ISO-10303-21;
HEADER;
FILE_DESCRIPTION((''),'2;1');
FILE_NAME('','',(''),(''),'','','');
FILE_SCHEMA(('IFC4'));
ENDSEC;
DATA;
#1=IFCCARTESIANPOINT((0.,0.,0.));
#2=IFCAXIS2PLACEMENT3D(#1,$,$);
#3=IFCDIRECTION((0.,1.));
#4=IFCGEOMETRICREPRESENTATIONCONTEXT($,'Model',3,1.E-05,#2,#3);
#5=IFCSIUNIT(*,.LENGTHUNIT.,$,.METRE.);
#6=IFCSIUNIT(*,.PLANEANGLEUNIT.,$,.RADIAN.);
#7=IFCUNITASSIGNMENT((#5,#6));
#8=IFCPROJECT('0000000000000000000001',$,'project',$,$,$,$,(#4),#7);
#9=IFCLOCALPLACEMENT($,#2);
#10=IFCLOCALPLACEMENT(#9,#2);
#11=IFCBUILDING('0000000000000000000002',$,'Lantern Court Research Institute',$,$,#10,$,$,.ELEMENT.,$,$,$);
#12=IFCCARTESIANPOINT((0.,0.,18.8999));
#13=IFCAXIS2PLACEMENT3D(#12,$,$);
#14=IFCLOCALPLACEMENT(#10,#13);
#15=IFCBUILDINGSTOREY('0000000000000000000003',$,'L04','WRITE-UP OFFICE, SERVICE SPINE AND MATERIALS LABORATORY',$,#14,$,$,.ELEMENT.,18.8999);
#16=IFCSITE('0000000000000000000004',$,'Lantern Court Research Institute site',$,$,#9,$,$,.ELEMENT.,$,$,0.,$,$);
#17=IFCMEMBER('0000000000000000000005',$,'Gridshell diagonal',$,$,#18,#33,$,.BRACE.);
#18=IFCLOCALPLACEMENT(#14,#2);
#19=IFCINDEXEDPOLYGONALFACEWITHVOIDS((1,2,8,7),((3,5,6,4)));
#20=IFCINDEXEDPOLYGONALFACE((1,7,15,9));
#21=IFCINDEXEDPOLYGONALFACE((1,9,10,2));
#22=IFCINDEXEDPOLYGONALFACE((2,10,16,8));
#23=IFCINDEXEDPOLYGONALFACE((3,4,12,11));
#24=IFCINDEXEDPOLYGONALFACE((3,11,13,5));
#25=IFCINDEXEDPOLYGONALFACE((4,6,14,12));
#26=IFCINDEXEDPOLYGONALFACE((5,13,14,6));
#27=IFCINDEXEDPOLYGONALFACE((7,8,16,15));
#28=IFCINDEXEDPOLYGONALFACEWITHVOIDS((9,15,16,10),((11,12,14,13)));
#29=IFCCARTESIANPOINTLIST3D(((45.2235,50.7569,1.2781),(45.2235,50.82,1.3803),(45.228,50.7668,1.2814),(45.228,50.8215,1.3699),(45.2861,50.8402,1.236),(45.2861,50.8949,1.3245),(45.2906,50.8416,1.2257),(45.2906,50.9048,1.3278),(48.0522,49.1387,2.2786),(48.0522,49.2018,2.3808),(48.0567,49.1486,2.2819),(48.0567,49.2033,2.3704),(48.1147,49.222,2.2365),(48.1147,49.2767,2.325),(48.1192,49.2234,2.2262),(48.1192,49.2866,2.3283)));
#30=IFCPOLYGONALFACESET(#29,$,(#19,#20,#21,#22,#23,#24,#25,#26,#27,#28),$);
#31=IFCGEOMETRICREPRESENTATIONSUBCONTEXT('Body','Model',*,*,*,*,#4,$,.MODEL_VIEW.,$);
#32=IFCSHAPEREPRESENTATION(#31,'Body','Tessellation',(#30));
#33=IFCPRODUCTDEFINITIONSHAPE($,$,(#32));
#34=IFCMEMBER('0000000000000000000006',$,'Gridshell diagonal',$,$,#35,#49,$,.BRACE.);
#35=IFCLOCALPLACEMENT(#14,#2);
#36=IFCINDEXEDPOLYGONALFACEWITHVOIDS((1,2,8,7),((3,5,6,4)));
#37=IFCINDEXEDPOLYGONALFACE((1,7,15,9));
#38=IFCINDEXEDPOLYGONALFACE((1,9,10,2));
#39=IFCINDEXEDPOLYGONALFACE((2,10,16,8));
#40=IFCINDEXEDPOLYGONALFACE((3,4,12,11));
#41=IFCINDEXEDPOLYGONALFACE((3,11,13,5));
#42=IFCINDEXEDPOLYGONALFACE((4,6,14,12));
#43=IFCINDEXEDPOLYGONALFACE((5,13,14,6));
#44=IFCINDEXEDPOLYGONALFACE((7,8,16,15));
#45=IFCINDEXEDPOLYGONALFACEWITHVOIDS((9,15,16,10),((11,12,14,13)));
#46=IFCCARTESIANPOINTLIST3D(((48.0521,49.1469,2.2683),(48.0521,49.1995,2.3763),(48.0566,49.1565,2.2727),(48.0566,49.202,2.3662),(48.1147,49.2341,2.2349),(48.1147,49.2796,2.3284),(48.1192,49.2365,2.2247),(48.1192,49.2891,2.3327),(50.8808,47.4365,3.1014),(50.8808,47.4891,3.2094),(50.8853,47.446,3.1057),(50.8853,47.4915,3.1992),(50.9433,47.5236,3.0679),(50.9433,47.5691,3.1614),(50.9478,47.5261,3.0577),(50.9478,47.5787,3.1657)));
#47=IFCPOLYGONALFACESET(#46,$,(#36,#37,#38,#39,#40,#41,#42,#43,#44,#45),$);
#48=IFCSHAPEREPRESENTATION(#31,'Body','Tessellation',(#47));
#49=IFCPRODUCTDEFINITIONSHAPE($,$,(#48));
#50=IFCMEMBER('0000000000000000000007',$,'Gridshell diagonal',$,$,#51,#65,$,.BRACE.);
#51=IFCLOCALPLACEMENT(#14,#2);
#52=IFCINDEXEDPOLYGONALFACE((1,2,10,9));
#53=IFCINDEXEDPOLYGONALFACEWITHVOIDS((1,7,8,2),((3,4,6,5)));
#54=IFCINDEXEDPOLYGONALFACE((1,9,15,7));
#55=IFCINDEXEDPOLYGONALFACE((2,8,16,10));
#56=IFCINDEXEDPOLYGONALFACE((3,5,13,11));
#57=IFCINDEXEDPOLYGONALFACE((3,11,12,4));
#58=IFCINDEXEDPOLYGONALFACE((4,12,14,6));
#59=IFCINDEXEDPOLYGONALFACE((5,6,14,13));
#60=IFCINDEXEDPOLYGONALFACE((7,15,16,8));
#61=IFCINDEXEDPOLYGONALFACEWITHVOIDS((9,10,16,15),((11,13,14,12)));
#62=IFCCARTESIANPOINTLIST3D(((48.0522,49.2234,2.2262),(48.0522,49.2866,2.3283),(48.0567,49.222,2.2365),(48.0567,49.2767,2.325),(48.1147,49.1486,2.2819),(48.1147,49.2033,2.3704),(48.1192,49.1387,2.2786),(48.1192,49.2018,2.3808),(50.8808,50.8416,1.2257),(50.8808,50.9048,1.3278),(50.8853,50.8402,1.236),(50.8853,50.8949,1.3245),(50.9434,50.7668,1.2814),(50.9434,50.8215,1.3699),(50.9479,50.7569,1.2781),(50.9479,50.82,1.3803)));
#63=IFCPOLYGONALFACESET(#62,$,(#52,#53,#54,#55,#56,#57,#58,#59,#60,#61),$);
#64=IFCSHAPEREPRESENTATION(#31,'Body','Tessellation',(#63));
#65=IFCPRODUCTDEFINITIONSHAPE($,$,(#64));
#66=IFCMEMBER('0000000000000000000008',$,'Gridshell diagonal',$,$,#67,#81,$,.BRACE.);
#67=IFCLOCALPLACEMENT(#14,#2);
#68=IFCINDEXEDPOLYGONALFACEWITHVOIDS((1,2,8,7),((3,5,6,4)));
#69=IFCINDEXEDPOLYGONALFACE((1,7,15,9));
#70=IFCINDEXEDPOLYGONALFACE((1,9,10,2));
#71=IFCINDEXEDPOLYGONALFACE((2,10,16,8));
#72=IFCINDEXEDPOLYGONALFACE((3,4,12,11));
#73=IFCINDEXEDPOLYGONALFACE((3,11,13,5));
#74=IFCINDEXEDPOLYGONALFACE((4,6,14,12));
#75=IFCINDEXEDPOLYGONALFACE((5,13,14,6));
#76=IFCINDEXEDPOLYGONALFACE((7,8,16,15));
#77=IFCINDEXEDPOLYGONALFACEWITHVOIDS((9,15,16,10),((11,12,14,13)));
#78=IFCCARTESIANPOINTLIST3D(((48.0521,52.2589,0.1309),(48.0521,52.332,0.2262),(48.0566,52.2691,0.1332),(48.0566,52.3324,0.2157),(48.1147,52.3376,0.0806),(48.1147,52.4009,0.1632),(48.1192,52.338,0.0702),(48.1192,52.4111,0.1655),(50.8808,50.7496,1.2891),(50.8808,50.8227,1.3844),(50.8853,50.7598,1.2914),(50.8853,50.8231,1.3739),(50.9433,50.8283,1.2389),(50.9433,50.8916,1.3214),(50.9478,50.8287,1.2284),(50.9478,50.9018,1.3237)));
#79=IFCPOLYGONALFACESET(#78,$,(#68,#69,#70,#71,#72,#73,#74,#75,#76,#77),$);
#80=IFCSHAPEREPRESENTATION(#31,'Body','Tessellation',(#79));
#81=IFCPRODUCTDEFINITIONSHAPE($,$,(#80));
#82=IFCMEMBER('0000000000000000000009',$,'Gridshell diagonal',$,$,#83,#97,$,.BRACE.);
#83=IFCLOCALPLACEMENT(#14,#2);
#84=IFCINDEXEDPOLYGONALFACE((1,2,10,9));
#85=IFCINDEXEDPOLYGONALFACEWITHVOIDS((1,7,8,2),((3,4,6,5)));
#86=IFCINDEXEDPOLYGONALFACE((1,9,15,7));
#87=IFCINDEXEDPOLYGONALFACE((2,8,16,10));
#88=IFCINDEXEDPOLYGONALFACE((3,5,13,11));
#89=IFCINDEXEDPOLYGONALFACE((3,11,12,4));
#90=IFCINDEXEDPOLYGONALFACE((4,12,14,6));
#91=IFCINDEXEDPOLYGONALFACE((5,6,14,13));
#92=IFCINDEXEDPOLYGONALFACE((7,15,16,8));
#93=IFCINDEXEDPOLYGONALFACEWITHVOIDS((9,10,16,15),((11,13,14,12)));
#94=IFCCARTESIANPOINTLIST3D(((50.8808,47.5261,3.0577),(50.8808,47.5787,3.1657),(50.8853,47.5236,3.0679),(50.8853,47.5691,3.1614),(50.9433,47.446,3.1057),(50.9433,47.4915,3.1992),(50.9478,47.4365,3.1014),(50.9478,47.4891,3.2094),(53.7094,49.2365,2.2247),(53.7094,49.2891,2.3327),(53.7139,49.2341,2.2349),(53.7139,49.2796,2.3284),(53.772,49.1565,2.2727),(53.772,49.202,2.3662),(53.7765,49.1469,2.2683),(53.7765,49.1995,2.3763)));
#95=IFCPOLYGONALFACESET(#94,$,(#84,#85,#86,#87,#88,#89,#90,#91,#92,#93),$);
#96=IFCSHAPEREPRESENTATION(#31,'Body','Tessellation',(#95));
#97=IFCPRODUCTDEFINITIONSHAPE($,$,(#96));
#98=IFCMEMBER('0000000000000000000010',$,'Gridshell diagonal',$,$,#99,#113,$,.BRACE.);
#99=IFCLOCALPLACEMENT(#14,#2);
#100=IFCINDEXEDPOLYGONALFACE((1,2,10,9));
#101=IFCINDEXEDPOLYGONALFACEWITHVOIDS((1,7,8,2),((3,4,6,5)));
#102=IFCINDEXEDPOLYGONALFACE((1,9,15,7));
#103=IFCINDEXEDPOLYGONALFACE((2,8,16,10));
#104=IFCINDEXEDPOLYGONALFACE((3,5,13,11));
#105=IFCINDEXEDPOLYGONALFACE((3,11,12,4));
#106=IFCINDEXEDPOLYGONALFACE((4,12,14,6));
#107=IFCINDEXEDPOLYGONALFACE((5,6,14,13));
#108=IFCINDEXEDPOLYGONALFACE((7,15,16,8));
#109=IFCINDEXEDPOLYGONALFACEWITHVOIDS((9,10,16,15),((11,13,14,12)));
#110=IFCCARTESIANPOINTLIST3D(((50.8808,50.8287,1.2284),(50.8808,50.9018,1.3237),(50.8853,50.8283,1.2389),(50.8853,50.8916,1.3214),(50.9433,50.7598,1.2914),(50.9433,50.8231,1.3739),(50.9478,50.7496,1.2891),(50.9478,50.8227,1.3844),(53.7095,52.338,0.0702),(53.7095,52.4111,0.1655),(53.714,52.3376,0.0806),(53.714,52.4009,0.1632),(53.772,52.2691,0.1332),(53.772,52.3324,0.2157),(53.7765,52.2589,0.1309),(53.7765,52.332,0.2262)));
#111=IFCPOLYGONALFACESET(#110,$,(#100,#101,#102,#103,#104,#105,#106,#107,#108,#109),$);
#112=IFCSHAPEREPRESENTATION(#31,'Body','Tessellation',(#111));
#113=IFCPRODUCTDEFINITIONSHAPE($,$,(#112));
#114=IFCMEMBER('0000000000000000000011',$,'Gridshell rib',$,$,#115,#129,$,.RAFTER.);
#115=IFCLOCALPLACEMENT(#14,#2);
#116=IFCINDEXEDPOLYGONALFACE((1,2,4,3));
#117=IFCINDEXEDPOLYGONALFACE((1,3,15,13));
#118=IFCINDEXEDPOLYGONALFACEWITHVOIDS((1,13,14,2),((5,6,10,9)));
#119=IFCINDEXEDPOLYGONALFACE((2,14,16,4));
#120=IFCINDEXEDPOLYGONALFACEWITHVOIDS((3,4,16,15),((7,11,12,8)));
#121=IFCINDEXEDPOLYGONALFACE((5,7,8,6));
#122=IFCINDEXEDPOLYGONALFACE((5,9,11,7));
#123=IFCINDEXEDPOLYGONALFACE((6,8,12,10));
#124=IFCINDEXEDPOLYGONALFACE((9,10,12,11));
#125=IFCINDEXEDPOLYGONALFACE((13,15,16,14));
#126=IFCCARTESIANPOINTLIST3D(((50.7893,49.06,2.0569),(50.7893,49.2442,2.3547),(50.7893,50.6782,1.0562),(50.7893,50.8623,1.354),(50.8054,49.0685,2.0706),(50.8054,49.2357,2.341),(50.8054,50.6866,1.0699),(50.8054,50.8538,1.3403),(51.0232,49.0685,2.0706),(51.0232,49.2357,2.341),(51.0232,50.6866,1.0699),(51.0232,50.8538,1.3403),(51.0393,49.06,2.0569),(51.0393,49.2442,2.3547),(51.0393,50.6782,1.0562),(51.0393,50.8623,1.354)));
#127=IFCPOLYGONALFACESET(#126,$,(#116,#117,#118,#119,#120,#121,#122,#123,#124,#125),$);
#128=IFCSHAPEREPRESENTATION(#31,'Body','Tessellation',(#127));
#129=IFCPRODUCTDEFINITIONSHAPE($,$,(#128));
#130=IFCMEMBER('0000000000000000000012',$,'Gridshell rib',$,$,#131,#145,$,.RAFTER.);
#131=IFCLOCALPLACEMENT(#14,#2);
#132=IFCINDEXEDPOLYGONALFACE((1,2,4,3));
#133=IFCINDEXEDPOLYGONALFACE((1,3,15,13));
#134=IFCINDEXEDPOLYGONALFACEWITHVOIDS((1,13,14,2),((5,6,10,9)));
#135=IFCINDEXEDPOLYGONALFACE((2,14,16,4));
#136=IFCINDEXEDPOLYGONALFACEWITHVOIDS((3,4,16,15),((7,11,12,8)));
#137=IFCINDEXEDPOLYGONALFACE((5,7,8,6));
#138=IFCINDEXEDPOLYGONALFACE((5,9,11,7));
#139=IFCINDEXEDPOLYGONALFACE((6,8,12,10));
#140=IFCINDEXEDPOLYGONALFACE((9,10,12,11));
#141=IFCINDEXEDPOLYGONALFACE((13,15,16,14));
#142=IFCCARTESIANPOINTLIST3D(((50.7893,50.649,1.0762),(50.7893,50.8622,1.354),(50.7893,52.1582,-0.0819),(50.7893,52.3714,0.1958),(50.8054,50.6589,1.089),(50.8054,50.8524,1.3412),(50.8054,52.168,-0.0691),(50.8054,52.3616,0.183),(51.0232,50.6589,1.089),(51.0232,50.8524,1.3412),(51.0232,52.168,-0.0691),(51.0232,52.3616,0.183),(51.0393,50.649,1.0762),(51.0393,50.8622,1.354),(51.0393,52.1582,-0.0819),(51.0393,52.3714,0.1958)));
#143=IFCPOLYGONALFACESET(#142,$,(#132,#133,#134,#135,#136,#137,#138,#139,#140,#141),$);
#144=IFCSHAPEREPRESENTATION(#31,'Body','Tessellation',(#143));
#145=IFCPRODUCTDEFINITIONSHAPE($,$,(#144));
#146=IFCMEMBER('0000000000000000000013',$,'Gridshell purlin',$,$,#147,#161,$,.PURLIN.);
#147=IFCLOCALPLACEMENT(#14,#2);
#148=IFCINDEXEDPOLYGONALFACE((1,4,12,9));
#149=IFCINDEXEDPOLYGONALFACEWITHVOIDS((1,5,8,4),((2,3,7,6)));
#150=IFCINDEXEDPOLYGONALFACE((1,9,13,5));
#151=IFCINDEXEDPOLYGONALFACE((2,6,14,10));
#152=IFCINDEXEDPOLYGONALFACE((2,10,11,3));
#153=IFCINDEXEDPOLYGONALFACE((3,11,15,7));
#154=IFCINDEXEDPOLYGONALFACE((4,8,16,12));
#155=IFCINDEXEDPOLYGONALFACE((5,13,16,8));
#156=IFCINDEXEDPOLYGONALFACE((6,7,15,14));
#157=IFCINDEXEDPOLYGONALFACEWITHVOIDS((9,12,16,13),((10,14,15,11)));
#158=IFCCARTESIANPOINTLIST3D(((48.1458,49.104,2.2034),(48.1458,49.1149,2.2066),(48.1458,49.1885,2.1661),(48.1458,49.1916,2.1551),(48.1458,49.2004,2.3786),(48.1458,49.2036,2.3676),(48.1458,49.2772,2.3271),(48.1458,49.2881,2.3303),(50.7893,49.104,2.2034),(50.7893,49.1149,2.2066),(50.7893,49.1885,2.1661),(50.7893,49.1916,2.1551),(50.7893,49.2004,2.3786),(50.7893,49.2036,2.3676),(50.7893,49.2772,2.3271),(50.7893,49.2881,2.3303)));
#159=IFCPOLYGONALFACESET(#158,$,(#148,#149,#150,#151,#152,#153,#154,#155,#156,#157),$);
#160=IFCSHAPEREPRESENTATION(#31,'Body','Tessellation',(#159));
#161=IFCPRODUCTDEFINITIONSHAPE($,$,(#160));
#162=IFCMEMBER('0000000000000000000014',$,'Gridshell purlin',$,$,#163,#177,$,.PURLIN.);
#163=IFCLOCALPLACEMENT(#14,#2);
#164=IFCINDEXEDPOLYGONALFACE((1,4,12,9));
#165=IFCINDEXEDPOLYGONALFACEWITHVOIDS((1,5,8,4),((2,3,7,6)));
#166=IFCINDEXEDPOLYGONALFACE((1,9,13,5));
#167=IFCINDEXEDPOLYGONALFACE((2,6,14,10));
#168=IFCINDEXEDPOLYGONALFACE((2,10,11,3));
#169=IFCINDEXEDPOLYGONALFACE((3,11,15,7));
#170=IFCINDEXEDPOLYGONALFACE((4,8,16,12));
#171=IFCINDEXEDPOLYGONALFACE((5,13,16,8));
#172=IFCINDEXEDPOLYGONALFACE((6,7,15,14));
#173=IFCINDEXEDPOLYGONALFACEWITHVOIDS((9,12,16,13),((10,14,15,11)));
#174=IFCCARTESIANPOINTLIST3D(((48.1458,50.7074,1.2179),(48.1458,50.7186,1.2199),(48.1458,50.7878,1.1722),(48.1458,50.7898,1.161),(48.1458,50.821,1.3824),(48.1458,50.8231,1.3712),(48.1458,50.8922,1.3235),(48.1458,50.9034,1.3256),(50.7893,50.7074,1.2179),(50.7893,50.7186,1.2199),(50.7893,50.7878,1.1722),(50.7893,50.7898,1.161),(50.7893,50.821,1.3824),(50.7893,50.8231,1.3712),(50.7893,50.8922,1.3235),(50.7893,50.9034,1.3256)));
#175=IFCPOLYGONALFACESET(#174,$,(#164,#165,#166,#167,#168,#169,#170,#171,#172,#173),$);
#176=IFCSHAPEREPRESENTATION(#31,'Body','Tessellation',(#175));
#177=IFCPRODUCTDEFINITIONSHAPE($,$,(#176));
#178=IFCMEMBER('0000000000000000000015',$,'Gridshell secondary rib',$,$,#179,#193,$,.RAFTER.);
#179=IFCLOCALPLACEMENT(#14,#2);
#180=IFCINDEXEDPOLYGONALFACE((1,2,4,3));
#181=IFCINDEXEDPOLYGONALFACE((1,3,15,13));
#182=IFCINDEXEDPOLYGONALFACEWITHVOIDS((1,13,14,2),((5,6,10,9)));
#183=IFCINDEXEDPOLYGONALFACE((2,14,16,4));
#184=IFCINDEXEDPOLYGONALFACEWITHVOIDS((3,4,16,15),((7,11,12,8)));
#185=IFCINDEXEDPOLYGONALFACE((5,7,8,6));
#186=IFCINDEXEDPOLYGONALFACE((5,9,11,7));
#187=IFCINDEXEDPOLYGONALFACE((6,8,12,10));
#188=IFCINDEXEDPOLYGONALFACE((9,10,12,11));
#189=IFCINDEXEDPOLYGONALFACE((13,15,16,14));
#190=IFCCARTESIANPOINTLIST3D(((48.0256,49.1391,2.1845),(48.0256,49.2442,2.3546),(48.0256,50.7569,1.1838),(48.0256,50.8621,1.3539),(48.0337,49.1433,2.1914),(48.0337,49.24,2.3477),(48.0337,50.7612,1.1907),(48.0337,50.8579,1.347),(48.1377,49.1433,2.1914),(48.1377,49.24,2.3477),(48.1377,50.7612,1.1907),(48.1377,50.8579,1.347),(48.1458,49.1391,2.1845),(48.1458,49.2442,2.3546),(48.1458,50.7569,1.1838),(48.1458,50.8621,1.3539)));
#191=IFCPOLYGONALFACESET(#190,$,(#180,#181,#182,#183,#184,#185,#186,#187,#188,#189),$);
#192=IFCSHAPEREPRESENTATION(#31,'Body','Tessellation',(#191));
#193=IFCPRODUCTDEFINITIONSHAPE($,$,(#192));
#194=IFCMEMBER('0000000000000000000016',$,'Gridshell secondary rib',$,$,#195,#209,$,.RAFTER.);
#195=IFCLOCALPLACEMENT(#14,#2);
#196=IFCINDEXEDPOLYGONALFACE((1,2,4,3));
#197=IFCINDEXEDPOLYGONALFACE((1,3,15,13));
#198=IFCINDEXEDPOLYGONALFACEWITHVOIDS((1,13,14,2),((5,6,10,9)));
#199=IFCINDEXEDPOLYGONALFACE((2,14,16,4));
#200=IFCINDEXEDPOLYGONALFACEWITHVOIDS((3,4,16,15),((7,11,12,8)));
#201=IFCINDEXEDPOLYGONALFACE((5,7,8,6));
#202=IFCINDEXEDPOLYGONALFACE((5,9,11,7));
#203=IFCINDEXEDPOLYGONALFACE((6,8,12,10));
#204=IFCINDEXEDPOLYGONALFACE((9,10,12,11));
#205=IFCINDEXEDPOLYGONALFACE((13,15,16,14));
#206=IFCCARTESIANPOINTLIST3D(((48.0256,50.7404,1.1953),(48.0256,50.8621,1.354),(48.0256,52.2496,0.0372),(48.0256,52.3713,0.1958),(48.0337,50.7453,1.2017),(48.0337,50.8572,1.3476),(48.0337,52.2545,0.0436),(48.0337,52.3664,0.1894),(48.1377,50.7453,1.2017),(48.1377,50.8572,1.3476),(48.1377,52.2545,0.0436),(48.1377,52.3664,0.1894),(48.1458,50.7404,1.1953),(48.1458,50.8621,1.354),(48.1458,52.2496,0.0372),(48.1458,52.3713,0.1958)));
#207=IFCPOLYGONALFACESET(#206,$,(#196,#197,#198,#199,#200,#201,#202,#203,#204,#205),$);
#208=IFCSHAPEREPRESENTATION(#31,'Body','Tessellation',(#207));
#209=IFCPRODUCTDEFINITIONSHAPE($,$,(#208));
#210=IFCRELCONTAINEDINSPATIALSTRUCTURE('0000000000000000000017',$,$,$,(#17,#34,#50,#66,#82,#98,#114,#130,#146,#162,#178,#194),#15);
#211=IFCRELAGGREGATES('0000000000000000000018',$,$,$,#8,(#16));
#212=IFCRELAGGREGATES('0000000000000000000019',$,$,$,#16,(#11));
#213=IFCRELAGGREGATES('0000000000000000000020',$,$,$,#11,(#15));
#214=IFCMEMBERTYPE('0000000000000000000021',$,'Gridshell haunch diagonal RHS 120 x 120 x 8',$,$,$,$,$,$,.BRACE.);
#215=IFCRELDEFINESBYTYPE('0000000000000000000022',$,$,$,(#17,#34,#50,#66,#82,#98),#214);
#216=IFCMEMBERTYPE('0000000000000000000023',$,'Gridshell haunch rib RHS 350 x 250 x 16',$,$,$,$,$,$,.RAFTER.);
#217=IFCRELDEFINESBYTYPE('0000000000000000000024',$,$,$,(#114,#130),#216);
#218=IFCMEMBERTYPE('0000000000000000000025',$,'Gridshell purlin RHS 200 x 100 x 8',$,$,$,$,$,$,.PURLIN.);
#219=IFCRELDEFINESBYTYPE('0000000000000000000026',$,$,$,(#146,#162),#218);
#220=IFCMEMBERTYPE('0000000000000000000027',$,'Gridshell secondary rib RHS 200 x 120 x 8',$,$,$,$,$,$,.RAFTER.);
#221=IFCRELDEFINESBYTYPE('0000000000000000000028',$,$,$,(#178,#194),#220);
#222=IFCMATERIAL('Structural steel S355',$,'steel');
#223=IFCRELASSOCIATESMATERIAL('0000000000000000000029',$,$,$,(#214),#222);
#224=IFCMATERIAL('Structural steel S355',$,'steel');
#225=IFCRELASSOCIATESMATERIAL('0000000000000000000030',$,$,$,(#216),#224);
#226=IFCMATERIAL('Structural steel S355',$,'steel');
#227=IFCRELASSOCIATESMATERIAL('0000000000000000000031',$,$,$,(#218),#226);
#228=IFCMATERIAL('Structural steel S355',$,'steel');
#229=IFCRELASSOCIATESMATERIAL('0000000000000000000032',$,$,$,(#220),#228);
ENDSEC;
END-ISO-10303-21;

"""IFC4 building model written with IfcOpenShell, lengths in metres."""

from ifc_helpers import new_model, si_unit, direction, frame, origin, origin_2d, place, context, subcontext, project, spatial, hollow_rectangle, extrude, material, material_profile, profile_set, type_object, element, save


model = new_model("IFC4")

# Units and contexts
model_context = context("Model", 3, precision=1e-05, world=origin(), true_north=direction((0.0, 1.0)))
body_context = subcontext(model_context, "Body", "Model", "MODEL_VIEW")
ifc_project = project(units=[si_unit("LENGTHUNIT", "METRE"), si_unit("PLANEANGLEUNIT", "RADIAN")], contexts=[model_context])

# Site, building, storey
site_placement = place(None, origin())
site = spatial("IfcSite", under=ifc_project, at=site_placement, Name="Lantern Court Research Institute site", CompositionType="ELEMENT", RefElevation=0.0)
building_placement = place(site_placement, origin())
building = spatial("IfcBuilding", under=site, at=building_placement, Name="Lantern Court Research Institute", CompositionType="ELEMENT")
storey_placement = place(building_placement, frame((0.0, 0.0, 18.8999)))
storey = spatial("IfcBuildingStorey", under=building, at=storey_placement, Name="L04", Description="WRITE-UP OFFICE, SERVICE SPINE AND MATERIALS LABORATORY", CompositionType="ELEMENT", Elevation=18.8999)

# Members
ifc_material_1 = material(Name="Structural steel S355", Category="steel")
ifc_material_profile_1 = material_profile(ifc_material_1, hollow_rectangle(XDim=0.1201, YDim=0.1201, WallThickness=0.0081, at=origin_2d()), Name="Gridshell haunch diagonal RHS 120 x 120 x 8")
ifc_profile_set_1 = profile_set([ifc_material_profile_1], Name="Structural steel S355")
member_type_1 = type_object("IfcMemberType", Name="Gridshell haunch diagonal RHS 120 x 120 x 8", PredefinedType="BRACE", material=ifc_profile_set_1)
for number, where, z_axis, x_axis, name in (
    (1, (48.0857, 49.2126, 2.3035), (-0.829777, 0.47469, -0.293494), (-0.558095, -0.705724, 0.436444), "Gridshell diagonal"),
    (2, (50.9143, 47.5076, 3.1335), (-0.829773, 0.50176, -0.244363), (-0.558101, -0.746025, 0.363277), "Gridshell diagonal"),
    (3, (48.0857, 49.2126, 2.3035), (0.829777, 0.47469, -0.293494), (-0.558095, 0.705724, -0.436444), "Gridshell diagonal"),
    (4, (50.9143, 50.8257, 1.3064), (-0.82978, 0.44275, -0.339761), (-0.558091, -0.65828, 0.505176), "Gridshell diagonal"),
    (5, (50.9143, 47.5076, 3.1335), (0.829773, 0.50176, -0.244363), (-0.558101, 0.746025, -0.363277), "Gridshell diagonal"),
    (6, (50.9143, 50.8257, 1.3064), (0.82978, 0.44275, -0.339761), (-0.558091, 0.65828, -0.505176), "Gridshell diagonal"),
):
    element("IfcMember", number, at=place(storey_placement, frame(where, z_axis=z_axis, x_axis=x_axis)), inside=storey, type_object=member_type_1, Name=name, PredefinedType="BRACE", context=body_context, shape_type="SweptSolid", body=[
        extrude(hollow_rectangle(XDim=0.1201, YDim=0.1201, WallThickness=0.0081, at=origin_2d()), origin(), (0.0, 0.0, 1.0), 3.4089),
    ])
ifc_material_2 = material(Name="Structural steel S355", Category="steel")
ifc_material_profile_2 = material_profile(ifc_material_2, hollow_rectangle(XDim=0.25, YDim=0.3501, WallThickness=0.0161, at=origin_2d()), Name="Gridshell haunch rib RHS 350 x 250 x 16")
ifc_profile_set_2 = profile_set([ifc_material_profile_2], Name="Structural steel S355")
member_type_2 = type_object("IfcMemberType", Name="Gridshell haunch rib RHS 350 x 250 x 16", PredefinedType="RAFTER", material=ifc_profile_set_2)
member_1_placement = place(storey_placement, frame((50.9143, 49.1521, 2.2058), z_axis=(0.0, 0.850498, -0.525979), x_axis=(-1.0, 0.0, 0.0)))
element("IfcMember", 7, at=member_1_placement, inside=storey, type_object=member_type_2, Name="Gridshell rib", PredefinedType="RAFTER", context=body_context, shape_type="SweptSolid", body=[
    extrude(hollow_rectangle(XDim=0.25, YDim=0.3501, WallThickness=0.0161, at=origin_2d()), origin(), (0.0, 0.0, 1.0), 1.9026),
])
member_2_placement = place(storey_placement, frame((50.9143, 50.7556, 1.2151), z_axis=(0.0, 0.79333, -0.608792), x_axis=(-1.0, 0.0, 0.0)))
element("IfcMember", 8, at=member_2_placement, inside=storey, type_object=member_type_2, Name="Gridshell rib", PredefinedType="RAFTER", context=body_context, shape_type="SweptSolid", body=[
    extrude(hollow_rectangle(XDim=0.25, YDim=0.3501, WallThickness=0.0161, at=origin_2d()), origin(), (0.0, 0.0, 1.0), 1.9023),
])
ifc_material_3 = material(Name="Structural steel S355", Category="steel")
ifc_material_profile_3 = material_profile(ifc_material_3, hollow_rectangle(XDim=0.1001, YDim=0.2, WallThickness=0.0081, at=origin_2d()), Name="Gridshell purlin RHS 200 x 100 x 8")
ifc_profile_set_3 = profile_set([ifc_material_profile_3], Name="Structural steel S355")
member_type_3 = type_object("IfcMemberType", Name="Gridshell purlin RHS 200 x 100 x 8", PredefinedType="PURLIN", material=ifc_profile_set_3)
for number, where, z_axis, x_axis, name in (
    (9, (48.1458, 49.196, 2.2668), (1.0, 0.0, 0.0), (0.0, 0.875897, -0.482497), "Gridshell purlin"),
    (10, (48.1458, 50.8054, 1.2717), (1.0, 0.0, 0.0), (0.0, 0.822954, -0.568108), "Gridshell purlin"),
):
    element("IfcMember", number, at=place(storey_placement, frame(where, z_axis=z_axis, x_axis=x_axis)), inside=storey, type_object=member_type_3, Name=name, PredefinedType="PURLIN", context=body_context, shape_type="SweptSolid", body=[
        extrude(hollow_rectangle(XDim=0.1001, YDim=0.2, WallThickness=0.0081, at=origin_2d()), origin(), (0.0, 0.0, 1.0), 2.6436),
    ])
ifc_material_4 = material(Name="Structural steel S355", Category="steel")
ifc_material_profile_4 = material_profile(ifc_material_4, hollow_rectangle(XDim=0.1201, YDim=0.2, WallThickness=0.0081, at=origin_2d()), Name="Gridshell secondary rib RHS 200 x 120 x 8")
ifc_profile_set_4 = profile_set([ifc_material_profile_4], Name="Structural steel S355")
member_type_4 = type_object("IfcMemberType", Name="Gridshell secondary rib RHS 200 x 120 x 8", PredefinedType="RAFTER", material=ifc_profile_set_4)
for number, where, z_axis, x_axis, name in (
    (11, (48.0857, 49.1917, 2.2695), (0.0, 0.850462, -0.526036), (-1.0, 0.0, 0.0), "Gridshell secondary rib"),
    (12, (48.0857, 50.8013, 1.2747), (0.0, 0.79333, -0.608792), (-1.0, 0.0, 0.0), "Gridshell secondary rib"),
):
    element("IfcMember", number, at=place(storey_placement, frame(where, z_axis=z_axis, x_axis=x_axis)), inside=storey, type_object=member_type_4, Name=name, PredefinedType="RAFTER", context=body_context, shape_type="SweptSolid", body=[
        extrude(hollow_rectangle(XDim=0.1201, YDim=0.2, WallThickness=0.0081, at=origin_2d()), origin(), (0.0, 0.0, 1.0), 1.9023),
    ])

save(model, "model.ifc")
